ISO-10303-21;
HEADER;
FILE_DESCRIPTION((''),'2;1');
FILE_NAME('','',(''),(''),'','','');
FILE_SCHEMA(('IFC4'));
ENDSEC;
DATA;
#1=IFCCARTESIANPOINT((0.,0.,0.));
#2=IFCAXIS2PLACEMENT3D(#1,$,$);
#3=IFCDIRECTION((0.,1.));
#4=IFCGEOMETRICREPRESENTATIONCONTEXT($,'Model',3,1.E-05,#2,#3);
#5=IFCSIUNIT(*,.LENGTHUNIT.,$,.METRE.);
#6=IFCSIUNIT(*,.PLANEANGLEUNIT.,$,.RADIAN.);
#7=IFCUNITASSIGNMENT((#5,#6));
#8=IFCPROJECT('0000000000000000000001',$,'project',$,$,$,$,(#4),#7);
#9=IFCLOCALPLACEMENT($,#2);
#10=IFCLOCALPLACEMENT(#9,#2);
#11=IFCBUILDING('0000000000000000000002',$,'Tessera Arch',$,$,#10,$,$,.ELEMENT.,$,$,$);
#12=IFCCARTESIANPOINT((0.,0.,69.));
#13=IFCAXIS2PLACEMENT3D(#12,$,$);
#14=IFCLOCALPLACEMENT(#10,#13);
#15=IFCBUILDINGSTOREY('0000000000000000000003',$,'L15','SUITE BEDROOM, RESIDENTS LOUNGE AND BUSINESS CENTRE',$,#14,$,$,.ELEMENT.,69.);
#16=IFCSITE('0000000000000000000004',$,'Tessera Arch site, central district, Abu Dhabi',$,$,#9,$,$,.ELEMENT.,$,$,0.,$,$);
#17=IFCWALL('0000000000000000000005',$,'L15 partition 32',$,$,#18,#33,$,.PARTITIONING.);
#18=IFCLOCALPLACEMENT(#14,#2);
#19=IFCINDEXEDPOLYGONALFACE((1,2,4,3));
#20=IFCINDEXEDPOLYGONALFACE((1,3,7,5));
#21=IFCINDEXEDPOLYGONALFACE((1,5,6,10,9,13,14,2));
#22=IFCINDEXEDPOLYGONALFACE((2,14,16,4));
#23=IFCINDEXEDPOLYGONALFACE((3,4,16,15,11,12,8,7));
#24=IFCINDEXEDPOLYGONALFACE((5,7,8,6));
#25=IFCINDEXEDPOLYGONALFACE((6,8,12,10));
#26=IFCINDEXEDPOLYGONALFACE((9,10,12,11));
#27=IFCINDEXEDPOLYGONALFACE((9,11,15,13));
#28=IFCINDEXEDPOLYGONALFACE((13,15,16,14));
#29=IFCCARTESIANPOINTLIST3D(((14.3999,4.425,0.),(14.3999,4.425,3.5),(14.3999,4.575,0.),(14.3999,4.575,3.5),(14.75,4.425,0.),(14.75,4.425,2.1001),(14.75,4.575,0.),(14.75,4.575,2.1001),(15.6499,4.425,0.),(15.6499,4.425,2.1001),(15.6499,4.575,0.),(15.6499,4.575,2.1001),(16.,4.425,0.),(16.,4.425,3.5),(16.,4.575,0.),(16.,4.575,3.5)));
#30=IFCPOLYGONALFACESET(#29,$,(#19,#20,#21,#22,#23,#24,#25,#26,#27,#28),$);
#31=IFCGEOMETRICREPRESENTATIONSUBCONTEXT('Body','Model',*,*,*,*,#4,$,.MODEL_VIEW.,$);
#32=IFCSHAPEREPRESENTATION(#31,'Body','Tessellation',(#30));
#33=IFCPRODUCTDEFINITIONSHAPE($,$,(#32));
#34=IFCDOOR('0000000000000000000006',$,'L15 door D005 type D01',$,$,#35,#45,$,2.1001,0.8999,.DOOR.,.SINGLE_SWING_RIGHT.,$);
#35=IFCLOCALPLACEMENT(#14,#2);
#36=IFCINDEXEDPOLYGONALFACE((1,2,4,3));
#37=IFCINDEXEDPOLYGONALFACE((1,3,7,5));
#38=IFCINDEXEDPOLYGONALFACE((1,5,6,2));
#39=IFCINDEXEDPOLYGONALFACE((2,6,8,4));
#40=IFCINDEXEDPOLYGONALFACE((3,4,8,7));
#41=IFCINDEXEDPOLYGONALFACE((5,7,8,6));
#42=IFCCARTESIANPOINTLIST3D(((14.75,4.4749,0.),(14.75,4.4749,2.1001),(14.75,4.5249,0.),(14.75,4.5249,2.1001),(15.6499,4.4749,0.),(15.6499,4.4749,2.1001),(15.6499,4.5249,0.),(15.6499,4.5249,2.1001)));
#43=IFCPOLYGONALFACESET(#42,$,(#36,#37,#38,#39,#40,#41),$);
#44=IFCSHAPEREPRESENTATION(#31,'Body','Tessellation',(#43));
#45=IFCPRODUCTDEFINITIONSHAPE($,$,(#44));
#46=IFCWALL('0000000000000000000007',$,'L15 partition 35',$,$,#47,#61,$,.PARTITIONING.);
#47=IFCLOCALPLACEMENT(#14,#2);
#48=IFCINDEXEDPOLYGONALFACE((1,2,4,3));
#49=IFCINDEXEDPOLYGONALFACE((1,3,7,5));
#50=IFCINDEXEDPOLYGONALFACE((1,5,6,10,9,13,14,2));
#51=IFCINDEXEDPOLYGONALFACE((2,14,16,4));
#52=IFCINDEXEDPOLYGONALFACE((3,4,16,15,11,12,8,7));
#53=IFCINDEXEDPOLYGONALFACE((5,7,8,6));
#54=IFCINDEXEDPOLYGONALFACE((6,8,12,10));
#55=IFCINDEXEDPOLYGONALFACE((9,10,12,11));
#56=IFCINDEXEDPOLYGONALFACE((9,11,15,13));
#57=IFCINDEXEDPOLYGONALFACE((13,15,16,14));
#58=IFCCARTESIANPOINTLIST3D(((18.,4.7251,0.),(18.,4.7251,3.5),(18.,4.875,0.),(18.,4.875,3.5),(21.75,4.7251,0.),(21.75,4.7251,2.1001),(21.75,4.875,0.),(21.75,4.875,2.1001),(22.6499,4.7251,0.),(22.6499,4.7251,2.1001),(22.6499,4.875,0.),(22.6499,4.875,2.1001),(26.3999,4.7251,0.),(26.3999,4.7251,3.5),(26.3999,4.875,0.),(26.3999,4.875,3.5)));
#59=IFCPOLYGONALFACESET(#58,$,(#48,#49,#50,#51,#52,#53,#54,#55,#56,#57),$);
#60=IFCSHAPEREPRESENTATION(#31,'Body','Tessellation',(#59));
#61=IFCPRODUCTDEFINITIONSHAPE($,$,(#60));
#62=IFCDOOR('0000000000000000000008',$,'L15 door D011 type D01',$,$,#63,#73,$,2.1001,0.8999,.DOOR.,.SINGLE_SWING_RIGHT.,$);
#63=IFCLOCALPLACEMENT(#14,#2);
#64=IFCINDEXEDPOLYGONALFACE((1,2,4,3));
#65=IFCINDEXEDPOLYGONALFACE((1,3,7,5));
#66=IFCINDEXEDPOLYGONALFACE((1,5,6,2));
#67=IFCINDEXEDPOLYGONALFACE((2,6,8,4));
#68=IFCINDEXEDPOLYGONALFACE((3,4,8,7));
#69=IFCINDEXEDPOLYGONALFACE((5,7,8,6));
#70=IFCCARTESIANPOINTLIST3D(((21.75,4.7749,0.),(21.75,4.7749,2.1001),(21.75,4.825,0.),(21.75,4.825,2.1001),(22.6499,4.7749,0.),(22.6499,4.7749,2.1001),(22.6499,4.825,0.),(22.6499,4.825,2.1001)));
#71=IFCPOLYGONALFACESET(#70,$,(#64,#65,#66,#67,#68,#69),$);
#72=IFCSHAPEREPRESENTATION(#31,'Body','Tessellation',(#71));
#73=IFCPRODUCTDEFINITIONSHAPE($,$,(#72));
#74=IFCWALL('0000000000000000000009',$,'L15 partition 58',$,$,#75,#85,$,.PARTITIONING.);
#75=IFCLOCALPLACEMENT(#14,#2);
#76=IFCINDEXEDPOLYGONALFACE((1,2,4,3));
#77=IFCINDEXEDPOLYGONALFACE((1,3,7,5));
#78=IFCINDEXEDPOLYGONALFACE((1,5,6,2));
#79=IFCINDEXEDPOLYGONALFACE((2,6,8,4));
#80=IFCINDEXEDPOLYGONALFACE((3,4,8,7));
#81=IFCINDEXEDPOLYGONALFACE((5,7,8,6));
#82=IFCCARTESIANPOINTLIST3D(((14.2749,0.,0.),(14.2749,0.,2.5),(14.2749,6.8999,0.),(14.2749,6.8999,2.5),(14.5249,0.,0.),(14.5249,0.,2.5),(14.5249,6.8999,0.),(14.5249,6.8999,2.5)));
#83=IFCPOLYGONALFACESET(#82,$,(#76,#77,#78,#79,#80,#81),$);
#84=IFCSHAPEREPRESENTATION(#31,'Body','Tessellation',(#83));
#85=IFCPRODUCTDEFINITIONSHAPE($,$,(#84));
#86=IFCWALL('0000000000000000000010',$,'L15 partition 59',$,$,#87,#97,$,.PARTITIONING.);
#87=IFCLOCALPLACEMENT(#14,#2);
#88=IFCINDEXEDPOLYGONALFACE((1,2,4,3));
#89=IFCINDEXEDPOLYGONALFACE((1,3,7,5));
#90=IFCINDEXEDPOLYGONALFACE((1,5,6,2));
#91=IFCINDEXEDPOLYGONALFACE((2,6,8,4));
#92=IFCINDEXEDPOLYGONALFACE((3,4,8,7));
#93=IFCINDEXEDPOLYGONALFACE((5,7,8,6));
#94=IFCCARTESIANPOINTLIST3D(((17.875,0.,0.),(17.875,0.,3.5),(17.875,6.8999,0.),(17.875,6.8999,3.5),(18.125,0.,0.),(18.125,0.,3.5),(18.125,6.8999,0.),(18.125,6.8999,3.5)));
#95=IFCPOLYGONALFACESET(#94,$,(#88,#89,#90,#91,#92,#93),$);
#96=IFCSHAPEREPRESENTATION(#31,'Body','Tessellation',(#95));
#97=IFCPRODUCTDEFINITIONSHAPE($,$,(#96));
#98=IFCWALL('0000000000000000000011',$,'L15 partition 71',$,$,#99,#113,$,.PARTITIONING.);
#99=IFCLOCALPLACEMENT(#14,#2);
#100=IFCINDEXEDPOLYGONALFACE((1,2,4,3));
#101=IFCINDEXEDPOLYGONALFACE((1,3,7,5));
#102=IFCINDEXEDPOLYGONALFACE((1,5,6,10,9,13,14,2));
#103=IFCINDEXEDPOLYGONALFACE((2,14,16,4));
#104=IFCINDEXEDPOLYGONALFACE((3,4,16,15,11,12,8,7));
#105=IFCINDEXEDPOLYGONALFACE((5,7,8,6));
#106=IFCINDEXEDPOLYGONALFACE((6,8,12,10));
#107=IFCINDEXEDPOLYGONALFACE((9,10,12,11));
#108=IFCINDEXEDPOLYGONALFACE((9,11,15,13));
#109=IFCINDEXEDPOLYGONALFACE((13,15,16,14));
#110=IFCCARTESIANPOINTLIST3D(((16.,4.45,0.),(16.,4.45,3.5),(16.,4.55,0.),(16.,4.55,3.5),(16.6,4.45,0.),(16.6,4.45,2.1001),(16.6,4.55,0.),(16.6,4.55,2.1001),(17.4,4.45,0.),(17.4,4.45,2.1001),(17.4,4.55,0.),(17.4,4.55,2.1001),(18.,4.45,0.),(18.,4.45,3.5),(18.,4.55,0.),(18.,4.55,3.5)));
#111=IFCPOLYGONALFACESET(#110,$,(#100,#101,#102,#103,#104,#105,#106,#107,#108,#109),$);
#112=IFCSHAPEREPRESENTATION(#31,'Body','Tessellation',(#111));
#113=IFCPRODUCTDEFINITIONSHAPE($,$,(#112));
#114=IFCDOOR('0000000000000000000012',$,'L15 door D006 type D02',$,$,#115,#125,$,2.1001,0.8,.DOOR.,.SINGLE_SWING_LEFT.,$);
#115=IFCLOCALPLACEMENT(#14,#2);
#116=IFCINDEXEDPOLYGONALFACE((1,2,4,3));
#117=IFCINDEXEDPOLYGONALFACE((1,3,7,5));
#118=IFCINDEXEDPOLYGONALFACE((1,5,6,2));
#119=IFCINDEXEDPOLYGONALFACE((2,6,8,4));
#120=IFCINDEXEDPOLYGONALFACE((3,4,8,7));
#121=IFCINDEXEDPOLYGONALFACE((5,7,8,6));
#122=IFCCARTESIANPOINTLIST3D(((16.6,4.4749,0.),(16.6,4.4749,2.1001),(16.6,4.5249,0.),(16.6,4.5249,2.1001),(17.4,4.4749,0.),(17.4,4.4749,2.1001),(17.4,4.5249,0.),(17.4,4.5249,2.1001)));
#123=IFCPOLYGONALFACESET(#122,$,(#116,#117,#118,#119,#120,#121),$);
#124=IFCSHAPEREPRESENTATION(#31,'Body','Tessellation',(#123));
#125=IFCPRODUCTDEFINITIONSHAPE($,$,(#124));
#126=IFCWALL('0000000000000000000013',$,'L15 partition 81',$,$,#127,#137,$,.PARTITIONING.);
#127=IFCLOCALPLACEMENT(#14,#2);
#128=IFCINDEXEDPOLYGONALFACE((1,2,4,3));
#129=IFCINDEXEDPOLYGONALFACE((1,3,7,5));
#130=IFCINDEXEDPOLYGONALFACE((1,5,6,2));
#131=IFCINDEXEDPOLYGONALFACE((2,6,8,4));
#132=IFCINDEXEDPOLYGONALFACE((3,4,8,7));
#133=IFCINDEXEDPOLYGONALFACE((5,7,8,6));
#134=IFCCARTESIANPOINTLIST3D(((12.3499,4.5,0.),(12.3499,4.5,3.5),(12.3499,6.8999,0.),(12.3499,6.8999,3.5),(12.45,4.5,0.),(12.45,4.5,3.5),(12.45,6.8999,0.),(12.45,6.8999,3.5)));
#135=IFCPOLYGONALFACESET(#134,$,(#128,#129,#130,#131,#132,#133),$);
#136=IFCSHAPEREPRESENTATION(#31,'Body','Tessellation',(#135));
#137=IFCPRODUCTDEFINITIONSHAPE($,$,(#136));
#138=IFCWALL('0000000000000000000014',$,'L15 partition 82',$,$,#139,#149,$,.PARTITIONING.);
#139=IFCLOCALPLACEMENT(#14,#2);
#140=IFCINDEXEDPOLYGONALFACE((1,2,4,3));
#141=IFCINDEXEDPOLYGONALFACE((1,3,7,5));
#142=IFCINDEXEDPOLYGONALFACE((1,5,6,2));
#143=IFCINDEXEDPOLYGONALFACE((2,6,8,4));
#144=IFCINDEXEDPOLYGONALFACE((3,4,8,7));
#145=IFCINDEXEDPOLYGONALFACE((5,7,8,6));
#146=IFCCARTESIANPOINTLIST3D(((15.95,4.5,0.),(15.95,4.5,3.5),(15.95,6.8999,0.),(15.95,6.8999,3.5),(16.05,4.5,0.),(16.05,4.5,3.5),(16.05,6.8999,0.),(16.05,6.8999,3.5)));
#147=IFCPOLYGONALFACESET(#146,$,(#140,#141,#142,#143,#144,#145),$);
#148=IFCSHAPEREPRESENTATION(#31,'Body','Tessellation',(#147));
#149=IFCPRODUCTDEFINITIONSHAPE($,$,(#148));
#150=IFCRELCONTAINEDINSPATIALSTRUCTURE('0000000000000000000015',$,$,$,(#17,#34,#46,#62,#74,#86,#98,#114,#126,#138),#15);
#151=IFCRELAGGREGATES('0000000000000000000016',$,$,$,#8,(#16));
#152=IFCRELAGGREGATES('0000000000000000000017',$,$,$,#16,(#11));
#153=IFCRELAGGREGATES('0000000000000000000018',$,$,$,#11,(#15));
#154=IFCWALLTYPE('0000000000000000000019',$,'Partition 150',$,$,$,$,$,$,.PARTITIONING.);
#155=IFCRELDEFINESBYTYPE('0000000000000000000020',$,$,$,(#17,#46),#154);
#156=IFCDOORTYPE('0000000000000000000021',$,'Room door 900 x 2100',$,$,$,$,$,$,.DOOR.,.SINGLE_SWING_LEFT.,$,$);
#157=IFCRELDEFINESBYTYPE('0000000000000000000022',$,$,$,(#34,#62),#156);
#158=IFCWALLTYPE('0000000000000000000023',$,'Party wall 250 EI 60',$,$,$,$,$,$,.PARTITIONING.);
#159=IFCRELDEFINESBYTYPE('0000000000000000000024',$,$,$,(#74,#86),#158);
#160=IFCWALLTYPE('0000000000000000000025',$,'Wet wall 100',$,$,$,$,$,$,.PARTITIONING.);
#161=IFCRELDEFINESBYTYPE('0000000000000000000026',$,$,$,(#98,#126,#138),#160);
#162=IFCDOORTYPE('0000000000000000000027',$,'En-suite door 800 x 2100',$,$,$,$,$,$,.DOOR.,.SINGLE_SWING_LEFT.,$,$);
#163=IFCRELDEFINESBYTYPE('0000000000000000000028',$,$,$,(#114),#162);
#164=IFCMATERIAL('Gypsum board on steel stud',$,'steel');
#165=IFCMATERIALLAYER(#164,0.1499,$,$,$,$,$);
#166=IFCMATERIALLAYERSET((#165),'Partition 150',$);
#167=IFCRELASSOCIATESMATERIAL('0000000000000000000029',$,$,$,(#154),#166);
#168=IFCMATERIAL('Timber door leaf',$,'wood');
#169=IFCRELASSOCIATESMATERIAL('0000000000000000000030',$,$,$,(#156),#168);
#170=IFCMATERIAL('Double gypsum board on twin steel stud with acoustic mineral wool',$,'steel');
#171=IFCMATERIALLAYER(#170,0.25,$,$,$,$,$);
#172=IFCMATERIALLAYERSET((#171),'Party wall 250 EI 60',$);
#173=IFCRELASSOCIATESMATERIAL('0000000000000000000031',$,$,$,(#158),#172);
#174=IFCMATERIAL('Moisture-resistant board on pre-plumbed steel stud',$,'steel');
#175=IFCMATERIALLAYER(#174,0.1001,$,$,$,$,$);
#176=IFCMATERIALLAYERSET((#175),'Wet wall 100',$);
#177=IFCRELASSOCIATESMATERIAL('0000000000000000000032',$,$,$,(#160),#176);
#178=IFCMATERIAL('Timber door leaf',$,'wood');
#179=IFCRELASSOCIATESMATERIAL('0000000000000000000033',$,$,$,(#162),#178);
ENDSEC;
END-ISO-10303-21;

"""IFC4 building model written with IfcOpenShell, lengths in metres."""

from ifc_helpers import new_model, si_unit, direction, frame, frame_2d, origin, place, context, subcontext, project, spatial, rectangle, extrude, material, layer, layer_set, type_object, element, fill, save


model = new_model("IFC4")

# Units and contexts
model_context = context("Model", 3, precision=1e-05, world=origin(), true_north=direction((0.0, 1.0)))
body_context = subcontext(model_context, "Body", "Model", "MODEL_VIEW")
ifc_project = project(units=[si_unit("LENGTHUNIT", "METRE"), si_unit("PLANEANGLEUNIT", "RADIAN")], contexts=[model_context])

# Site, building, storey
site_placement = place(None, origin())
site = spatial("IfcSite", under=ifc_project, at=site_placement, Name="Tessera Arch site, central district, Abu Dhabi", CompositionType="ELEMENT", RefElevation=0.0)
building_placement = place(site_placement, origin())
building = spatial("IfcBuilding", under=site, at=building_placement, Name="Tessera Arch", CompositionType="ELEMENT")
storey_placement = place(building_placement, frame((0.0, 0.0, 69.0)))
storey = spatial("IfcBuildingStorey", under=building, at=storey_placement, Name="L15", Description="SUITE BEDROOM, RESIDENTS LOUNGE AND BUSINESS CENTRE", CompositionType="ELEMENT", Elevation=69.0)

# Walls, openings, doors
ifc_material_1 = material(Name="Gypsum board on steel stud", Category="steel")
ifc_layer_1 = layer(ifc_material_1, 0.1499)
ifc_layer_set_1 = layer_set([ifc_layer_1], Name="Partition 150")
wall_type_1 = type_object("IfcWallType", Name="Partition 150", PredefinedType="PARTITIONING", material=ifc_layer_set_1)
wall_1_placement = place(storey_placement, frame((14.3999, 4.5, 0.0), z_axis=(0.0, 0.0, 1.0), x_axis=(1.0, 0.0, 0.0)))
wall_1 = element("IfcWall", 1, at=wall_1_placement, inside=storey, type_object=wall_type_1, Name="L15 partition 32", PredefinedType="PARTITIONING", context=body_context, shape_type="SweptSolid", body=[
    extrude(rectangle(XDim=1.6001, YDim=0.1499, at=frame_2d((0.8, 0.0))), origin(), (0.0, 0.0, 1.0), 3.5),
])
opening_1_placement = place(wall_1_placement, frame((0.3501, 0.0, 0.0)))
opening_1 = element("IfcOpeningElement", 2, at=opening_1_placement, cuts=wall_1, PredefinedType="OPENING", context=body_context, shape_type="SweptSolid", body=[
    extrude(rectangle(XDim=0.8999, YDim=2.1001, at=frame_2d((0.45, 1.05))), frame((0.0, 0.085, 0.0), z_axis=(0.0, -1.0, 0.0), x_axis=(1.0, 0.0, 0.0)), (0.0, 0.0, 1.0), 0.1699),
])
ifc_material_2 = material(Name="Timber door leaf", Category="wood")
door_type_1 = type_object("IfcDoorType", Name="Room door 900 x 2100", OperationType="SINGLE_SWING_LEFT", PredefinedType="DOOR", material=ifc_material_2)
door_1_placement = place(opening_1_placement, origin())
door_1 = element("IfcDoor", 3, at=door_1_placement, inside=storey, type_object=door_type_1, Name="L15 door D005 type D01", OperationType="SINGLE_SWING_RIGHT", OverallHeight=2.1001, OverallWidth=0.8999, PredefinedType="DOOR", context=body_context, shape_type="SweptSolid", body=[
    extrude(rectangle(XDim=0.8999, YDim=2.1001, at=frame_2d((0.45, 1.05))), frame((0.0, 0.0249, 0.0), z_axis=(0.0, -1.0, 0.0), x_axis=(1.0, 0.0, 0.0)), (0.0, 0.0, 1.0), 0.05),
])
fill(opening_1, door_1)
wall_2_placement = place(storey_placement, frame((18.0, 4.8, 0.0), z_axis=(0.0, 0.0, 1.0), x_axis=(1.0, 0.0, 0.0)))
wall_2 = element("IfcWall", 4, at=wall_2_placement, inside=storey, type_object=wall_type_1, Name="L15 partition 35", PredefinedType="PARTITIONING", context=body_context, shape_type="SweptSolid", body=[
    extrude(rectangle(XDim=8.3999, YDim=0.1499, at=frame_2d((4.2, 0.0))), origin(), (0.0, 0.0, 1.0), 3.5),
])
opening_2_placement = place(wall_2_placement, frame((3.75, 0.0, 0.0)))
opening_2 = element("IfcOpeningElement", 5, at=opening_2_placement, cuts=wall_2, PredefinedType="OPENING", context=body_context, shape_type="SweptSolid", body=[
    extrude(rectangle(XDim=0.8999, YDim=2.1001, at=frame_2d((0.45, 1.05))), frame((0.0, 0.085, 0.0), z_axis=(0.0, -1.0, 0.0), x_axis=(1.0, 0.0, 0.0)), (0.0, 0.0, 1.0), 0.1699),
])
door_2_placement = place(opening_2_placement, origin())
door_2 = element("IfcDoor", 6, at=door_2_placement, inside=storey, type_object=door_type_1, Name="L15 door D011 type D01", OperationType="SINGLE_SWING_RIGHT", OverallHeight=2.1001, OverallWidth=0.8999, PredefinedType="DOOR", context=body_context, shape_type="SweptSolid", body=[
    extrude(rectangle(XDim=0.8999, YDim=2.1001, at=frame_2d((0.45, 1.05))), frame((0.0, 0.0249, 0.0), z_axis=(0.0, -1.0, 0.0), x_axis=(1.0, 0.0, 0.0)), (0.0, 0.0, 1.0), 0.05),
])
fill(opening_2, door_2)

# Walls
ifc_material_3 = material(Name="Double gypsum board on twin steel stud with acoustic mineral wool", Category="steel")
ifc_layer_2 = layer(ifc_material_3, 0.25)
ifc_layer_set_2 = layer_set([ifc_layer_2], Name="Party wall 250 EI 60")
wall_type_2 = type_object("IfcWallType", Name="Party wall 250 EI 60", PredefinedType="PARTITIONING", material=ifc_layer_set_2)
wall_3_placement = place(storey_placement, frame((14.3999, 0.0, 0.0), z_axis=(0.0, 0.0, 1.0), x_axis=(0.0, 1.0, 0.0)))
element("IfcWall", 7, at=wall_3_placement, inside=storey, type_object=wall_type_2, Name="L15 partition 58", PredefinedType="PARTITIONING", context=body_context, shape_type="SweptSolid", body=[
    extrude(rectangle(XDim=6.8999, YDim=0.25, at=frame_2d((3.45, 0.0))), origin(), (0.0, 0.0, 1.0), 2.5),
])
wall_4_placement = place(storey_placement, frame((18.0, 0.0, 0.0), z_axis=(0.0, 0.0, 1.0), x_axis=(0.0, 1.0, 0.0)))
element("IfcWall", 8, at=wall_4_placement, inside=storey, type_object=wall_type_2, Name="L15 partition 59", PredefinedType="PARTITIONING", context=body_context, shape_type="SweptSolid", body=[
    extrude(rectangle(XDim=6.8999, YDim=0.25, at=frame_2d((3.45, 0.0))), origin(), (0.0, 0.0, 1.0), 3.5),
])

# Wall, opening, door
ifc_material_4 = material(Name="Moisture-resistant board on pre-plumbed steel stud", Category="steel")
ifc_layer_3 = layer(ifc_material_4, 0.1001)
ifc_layer_set_3 = layer_set([ifc_layer_3], Name="Wet wall 100")
wall_type_3 = type_object("IfcWallType", Name="Wet wall 100", PredefinedType="PARTITIONING", material=ifc_layer_set_3)
wall_5_placement = place(storey_placement, frame((16.0, 4.5, 0.0), z_axis=(0.0, 0.0, 1.0), x_axis=(1.0, 0.0, 0.0)))
wall_5 = element("IfcWall", 9, at=wall_5_placement, inside=storey, type_object=wall_type_3, Name="L15 partition 71", PredefinedType="PARTITIONING", context=body_context, shape_type="SweptSolid", body=[
    extrude(rectangle(XDim=2.0, YDim=0.1001, at=frame_2d((1.0, 0.0))), origin(), (0.0, 0.0, 1.0), 3.5),
])
opening_3_placement = place(wall_5_placement, frame((0.6001, 0.0, 0.0)))
opening_3 = element("IfcOpeningElement", 10, at=opening_3_placement, cuts=wall_5, PredefinedType="OPENING", context=body_context, shape_type="SweptSolid", body=[
    extrude(rectangle(XDim=0.8, YDim=2.1001, at=frame_2d((0.3999, 1.05))), frame((0.0, 0.0601, 0.0), z_axis=(0.0, -1.0, 0.0), x_axis=(1.0, 0.0, 0.0)), (0.0, 0.0, 1.0), 0.1201),
])
ifc_material_5 = material(Name="Timber door leaf", Category="wood")
door_type_2 = type_object("IfcDoorType", Name="En-suite door 800 x 2100", OperationType="SINGLE_SWING_LEFT", PredefinedType="DOOR", material=ifc_material_5)
door_3_placement = place(opening_3_placement, origin())
door_3 = element("IfcDoor", 11, at=door_3_placement, inside=storey, type_object=door_type_2, Name="L15 door D006 type D02", OperationType="SINGLE_SWING_LEFT", OverallHeight=2.1001, OverallWidth=0.8, PredefinedType="DOOR", context=body_context, shape_type="SweptSolid", body=[
    extrude(rectangle(XDim=0.8, YDim=2.1001, at=frame_2d((0.3999, 1.05))), frame((0.0, 0.0249, 0.0), z_axis=(0.0, -1.0, 0.0), x_axis=(1.0, 0.0, 0.0)), (0.0, 0.0, 1.0), 0.05),
])
fill(opening_3, door_3)

# Walls
for number, where, z_axis, x_axis, name in (
    (12, (12.3999, 4.5, 0.0), (0.0, 0.0, 1.0), (0.0, 1.0, 0.0), "L15 partition 81"),
    (13, (16.0, 4.5, 0.0), (0.0, 0.0, 1.0), (0.0, 1.0, 0.0), "L15 partition 82"),
):
    element("IfcWall", number, at=place(storey_placement, frame(where, z_axis=z_axis, x_axis=x_axis)), inside=storey, type_object=wall_type_3, Name=name, PredefinedType="PARTITIONING", context=body_context, shape_type="SweptSolid", body=[
        extrude(rectangle(XDim=2.3999, YDim=0.1001, at=frame_2d((1.2, 0.0))), origin(), (0.0, 0.0, 1.0), 3.5),
    ])

save(model, "model.ifc")
